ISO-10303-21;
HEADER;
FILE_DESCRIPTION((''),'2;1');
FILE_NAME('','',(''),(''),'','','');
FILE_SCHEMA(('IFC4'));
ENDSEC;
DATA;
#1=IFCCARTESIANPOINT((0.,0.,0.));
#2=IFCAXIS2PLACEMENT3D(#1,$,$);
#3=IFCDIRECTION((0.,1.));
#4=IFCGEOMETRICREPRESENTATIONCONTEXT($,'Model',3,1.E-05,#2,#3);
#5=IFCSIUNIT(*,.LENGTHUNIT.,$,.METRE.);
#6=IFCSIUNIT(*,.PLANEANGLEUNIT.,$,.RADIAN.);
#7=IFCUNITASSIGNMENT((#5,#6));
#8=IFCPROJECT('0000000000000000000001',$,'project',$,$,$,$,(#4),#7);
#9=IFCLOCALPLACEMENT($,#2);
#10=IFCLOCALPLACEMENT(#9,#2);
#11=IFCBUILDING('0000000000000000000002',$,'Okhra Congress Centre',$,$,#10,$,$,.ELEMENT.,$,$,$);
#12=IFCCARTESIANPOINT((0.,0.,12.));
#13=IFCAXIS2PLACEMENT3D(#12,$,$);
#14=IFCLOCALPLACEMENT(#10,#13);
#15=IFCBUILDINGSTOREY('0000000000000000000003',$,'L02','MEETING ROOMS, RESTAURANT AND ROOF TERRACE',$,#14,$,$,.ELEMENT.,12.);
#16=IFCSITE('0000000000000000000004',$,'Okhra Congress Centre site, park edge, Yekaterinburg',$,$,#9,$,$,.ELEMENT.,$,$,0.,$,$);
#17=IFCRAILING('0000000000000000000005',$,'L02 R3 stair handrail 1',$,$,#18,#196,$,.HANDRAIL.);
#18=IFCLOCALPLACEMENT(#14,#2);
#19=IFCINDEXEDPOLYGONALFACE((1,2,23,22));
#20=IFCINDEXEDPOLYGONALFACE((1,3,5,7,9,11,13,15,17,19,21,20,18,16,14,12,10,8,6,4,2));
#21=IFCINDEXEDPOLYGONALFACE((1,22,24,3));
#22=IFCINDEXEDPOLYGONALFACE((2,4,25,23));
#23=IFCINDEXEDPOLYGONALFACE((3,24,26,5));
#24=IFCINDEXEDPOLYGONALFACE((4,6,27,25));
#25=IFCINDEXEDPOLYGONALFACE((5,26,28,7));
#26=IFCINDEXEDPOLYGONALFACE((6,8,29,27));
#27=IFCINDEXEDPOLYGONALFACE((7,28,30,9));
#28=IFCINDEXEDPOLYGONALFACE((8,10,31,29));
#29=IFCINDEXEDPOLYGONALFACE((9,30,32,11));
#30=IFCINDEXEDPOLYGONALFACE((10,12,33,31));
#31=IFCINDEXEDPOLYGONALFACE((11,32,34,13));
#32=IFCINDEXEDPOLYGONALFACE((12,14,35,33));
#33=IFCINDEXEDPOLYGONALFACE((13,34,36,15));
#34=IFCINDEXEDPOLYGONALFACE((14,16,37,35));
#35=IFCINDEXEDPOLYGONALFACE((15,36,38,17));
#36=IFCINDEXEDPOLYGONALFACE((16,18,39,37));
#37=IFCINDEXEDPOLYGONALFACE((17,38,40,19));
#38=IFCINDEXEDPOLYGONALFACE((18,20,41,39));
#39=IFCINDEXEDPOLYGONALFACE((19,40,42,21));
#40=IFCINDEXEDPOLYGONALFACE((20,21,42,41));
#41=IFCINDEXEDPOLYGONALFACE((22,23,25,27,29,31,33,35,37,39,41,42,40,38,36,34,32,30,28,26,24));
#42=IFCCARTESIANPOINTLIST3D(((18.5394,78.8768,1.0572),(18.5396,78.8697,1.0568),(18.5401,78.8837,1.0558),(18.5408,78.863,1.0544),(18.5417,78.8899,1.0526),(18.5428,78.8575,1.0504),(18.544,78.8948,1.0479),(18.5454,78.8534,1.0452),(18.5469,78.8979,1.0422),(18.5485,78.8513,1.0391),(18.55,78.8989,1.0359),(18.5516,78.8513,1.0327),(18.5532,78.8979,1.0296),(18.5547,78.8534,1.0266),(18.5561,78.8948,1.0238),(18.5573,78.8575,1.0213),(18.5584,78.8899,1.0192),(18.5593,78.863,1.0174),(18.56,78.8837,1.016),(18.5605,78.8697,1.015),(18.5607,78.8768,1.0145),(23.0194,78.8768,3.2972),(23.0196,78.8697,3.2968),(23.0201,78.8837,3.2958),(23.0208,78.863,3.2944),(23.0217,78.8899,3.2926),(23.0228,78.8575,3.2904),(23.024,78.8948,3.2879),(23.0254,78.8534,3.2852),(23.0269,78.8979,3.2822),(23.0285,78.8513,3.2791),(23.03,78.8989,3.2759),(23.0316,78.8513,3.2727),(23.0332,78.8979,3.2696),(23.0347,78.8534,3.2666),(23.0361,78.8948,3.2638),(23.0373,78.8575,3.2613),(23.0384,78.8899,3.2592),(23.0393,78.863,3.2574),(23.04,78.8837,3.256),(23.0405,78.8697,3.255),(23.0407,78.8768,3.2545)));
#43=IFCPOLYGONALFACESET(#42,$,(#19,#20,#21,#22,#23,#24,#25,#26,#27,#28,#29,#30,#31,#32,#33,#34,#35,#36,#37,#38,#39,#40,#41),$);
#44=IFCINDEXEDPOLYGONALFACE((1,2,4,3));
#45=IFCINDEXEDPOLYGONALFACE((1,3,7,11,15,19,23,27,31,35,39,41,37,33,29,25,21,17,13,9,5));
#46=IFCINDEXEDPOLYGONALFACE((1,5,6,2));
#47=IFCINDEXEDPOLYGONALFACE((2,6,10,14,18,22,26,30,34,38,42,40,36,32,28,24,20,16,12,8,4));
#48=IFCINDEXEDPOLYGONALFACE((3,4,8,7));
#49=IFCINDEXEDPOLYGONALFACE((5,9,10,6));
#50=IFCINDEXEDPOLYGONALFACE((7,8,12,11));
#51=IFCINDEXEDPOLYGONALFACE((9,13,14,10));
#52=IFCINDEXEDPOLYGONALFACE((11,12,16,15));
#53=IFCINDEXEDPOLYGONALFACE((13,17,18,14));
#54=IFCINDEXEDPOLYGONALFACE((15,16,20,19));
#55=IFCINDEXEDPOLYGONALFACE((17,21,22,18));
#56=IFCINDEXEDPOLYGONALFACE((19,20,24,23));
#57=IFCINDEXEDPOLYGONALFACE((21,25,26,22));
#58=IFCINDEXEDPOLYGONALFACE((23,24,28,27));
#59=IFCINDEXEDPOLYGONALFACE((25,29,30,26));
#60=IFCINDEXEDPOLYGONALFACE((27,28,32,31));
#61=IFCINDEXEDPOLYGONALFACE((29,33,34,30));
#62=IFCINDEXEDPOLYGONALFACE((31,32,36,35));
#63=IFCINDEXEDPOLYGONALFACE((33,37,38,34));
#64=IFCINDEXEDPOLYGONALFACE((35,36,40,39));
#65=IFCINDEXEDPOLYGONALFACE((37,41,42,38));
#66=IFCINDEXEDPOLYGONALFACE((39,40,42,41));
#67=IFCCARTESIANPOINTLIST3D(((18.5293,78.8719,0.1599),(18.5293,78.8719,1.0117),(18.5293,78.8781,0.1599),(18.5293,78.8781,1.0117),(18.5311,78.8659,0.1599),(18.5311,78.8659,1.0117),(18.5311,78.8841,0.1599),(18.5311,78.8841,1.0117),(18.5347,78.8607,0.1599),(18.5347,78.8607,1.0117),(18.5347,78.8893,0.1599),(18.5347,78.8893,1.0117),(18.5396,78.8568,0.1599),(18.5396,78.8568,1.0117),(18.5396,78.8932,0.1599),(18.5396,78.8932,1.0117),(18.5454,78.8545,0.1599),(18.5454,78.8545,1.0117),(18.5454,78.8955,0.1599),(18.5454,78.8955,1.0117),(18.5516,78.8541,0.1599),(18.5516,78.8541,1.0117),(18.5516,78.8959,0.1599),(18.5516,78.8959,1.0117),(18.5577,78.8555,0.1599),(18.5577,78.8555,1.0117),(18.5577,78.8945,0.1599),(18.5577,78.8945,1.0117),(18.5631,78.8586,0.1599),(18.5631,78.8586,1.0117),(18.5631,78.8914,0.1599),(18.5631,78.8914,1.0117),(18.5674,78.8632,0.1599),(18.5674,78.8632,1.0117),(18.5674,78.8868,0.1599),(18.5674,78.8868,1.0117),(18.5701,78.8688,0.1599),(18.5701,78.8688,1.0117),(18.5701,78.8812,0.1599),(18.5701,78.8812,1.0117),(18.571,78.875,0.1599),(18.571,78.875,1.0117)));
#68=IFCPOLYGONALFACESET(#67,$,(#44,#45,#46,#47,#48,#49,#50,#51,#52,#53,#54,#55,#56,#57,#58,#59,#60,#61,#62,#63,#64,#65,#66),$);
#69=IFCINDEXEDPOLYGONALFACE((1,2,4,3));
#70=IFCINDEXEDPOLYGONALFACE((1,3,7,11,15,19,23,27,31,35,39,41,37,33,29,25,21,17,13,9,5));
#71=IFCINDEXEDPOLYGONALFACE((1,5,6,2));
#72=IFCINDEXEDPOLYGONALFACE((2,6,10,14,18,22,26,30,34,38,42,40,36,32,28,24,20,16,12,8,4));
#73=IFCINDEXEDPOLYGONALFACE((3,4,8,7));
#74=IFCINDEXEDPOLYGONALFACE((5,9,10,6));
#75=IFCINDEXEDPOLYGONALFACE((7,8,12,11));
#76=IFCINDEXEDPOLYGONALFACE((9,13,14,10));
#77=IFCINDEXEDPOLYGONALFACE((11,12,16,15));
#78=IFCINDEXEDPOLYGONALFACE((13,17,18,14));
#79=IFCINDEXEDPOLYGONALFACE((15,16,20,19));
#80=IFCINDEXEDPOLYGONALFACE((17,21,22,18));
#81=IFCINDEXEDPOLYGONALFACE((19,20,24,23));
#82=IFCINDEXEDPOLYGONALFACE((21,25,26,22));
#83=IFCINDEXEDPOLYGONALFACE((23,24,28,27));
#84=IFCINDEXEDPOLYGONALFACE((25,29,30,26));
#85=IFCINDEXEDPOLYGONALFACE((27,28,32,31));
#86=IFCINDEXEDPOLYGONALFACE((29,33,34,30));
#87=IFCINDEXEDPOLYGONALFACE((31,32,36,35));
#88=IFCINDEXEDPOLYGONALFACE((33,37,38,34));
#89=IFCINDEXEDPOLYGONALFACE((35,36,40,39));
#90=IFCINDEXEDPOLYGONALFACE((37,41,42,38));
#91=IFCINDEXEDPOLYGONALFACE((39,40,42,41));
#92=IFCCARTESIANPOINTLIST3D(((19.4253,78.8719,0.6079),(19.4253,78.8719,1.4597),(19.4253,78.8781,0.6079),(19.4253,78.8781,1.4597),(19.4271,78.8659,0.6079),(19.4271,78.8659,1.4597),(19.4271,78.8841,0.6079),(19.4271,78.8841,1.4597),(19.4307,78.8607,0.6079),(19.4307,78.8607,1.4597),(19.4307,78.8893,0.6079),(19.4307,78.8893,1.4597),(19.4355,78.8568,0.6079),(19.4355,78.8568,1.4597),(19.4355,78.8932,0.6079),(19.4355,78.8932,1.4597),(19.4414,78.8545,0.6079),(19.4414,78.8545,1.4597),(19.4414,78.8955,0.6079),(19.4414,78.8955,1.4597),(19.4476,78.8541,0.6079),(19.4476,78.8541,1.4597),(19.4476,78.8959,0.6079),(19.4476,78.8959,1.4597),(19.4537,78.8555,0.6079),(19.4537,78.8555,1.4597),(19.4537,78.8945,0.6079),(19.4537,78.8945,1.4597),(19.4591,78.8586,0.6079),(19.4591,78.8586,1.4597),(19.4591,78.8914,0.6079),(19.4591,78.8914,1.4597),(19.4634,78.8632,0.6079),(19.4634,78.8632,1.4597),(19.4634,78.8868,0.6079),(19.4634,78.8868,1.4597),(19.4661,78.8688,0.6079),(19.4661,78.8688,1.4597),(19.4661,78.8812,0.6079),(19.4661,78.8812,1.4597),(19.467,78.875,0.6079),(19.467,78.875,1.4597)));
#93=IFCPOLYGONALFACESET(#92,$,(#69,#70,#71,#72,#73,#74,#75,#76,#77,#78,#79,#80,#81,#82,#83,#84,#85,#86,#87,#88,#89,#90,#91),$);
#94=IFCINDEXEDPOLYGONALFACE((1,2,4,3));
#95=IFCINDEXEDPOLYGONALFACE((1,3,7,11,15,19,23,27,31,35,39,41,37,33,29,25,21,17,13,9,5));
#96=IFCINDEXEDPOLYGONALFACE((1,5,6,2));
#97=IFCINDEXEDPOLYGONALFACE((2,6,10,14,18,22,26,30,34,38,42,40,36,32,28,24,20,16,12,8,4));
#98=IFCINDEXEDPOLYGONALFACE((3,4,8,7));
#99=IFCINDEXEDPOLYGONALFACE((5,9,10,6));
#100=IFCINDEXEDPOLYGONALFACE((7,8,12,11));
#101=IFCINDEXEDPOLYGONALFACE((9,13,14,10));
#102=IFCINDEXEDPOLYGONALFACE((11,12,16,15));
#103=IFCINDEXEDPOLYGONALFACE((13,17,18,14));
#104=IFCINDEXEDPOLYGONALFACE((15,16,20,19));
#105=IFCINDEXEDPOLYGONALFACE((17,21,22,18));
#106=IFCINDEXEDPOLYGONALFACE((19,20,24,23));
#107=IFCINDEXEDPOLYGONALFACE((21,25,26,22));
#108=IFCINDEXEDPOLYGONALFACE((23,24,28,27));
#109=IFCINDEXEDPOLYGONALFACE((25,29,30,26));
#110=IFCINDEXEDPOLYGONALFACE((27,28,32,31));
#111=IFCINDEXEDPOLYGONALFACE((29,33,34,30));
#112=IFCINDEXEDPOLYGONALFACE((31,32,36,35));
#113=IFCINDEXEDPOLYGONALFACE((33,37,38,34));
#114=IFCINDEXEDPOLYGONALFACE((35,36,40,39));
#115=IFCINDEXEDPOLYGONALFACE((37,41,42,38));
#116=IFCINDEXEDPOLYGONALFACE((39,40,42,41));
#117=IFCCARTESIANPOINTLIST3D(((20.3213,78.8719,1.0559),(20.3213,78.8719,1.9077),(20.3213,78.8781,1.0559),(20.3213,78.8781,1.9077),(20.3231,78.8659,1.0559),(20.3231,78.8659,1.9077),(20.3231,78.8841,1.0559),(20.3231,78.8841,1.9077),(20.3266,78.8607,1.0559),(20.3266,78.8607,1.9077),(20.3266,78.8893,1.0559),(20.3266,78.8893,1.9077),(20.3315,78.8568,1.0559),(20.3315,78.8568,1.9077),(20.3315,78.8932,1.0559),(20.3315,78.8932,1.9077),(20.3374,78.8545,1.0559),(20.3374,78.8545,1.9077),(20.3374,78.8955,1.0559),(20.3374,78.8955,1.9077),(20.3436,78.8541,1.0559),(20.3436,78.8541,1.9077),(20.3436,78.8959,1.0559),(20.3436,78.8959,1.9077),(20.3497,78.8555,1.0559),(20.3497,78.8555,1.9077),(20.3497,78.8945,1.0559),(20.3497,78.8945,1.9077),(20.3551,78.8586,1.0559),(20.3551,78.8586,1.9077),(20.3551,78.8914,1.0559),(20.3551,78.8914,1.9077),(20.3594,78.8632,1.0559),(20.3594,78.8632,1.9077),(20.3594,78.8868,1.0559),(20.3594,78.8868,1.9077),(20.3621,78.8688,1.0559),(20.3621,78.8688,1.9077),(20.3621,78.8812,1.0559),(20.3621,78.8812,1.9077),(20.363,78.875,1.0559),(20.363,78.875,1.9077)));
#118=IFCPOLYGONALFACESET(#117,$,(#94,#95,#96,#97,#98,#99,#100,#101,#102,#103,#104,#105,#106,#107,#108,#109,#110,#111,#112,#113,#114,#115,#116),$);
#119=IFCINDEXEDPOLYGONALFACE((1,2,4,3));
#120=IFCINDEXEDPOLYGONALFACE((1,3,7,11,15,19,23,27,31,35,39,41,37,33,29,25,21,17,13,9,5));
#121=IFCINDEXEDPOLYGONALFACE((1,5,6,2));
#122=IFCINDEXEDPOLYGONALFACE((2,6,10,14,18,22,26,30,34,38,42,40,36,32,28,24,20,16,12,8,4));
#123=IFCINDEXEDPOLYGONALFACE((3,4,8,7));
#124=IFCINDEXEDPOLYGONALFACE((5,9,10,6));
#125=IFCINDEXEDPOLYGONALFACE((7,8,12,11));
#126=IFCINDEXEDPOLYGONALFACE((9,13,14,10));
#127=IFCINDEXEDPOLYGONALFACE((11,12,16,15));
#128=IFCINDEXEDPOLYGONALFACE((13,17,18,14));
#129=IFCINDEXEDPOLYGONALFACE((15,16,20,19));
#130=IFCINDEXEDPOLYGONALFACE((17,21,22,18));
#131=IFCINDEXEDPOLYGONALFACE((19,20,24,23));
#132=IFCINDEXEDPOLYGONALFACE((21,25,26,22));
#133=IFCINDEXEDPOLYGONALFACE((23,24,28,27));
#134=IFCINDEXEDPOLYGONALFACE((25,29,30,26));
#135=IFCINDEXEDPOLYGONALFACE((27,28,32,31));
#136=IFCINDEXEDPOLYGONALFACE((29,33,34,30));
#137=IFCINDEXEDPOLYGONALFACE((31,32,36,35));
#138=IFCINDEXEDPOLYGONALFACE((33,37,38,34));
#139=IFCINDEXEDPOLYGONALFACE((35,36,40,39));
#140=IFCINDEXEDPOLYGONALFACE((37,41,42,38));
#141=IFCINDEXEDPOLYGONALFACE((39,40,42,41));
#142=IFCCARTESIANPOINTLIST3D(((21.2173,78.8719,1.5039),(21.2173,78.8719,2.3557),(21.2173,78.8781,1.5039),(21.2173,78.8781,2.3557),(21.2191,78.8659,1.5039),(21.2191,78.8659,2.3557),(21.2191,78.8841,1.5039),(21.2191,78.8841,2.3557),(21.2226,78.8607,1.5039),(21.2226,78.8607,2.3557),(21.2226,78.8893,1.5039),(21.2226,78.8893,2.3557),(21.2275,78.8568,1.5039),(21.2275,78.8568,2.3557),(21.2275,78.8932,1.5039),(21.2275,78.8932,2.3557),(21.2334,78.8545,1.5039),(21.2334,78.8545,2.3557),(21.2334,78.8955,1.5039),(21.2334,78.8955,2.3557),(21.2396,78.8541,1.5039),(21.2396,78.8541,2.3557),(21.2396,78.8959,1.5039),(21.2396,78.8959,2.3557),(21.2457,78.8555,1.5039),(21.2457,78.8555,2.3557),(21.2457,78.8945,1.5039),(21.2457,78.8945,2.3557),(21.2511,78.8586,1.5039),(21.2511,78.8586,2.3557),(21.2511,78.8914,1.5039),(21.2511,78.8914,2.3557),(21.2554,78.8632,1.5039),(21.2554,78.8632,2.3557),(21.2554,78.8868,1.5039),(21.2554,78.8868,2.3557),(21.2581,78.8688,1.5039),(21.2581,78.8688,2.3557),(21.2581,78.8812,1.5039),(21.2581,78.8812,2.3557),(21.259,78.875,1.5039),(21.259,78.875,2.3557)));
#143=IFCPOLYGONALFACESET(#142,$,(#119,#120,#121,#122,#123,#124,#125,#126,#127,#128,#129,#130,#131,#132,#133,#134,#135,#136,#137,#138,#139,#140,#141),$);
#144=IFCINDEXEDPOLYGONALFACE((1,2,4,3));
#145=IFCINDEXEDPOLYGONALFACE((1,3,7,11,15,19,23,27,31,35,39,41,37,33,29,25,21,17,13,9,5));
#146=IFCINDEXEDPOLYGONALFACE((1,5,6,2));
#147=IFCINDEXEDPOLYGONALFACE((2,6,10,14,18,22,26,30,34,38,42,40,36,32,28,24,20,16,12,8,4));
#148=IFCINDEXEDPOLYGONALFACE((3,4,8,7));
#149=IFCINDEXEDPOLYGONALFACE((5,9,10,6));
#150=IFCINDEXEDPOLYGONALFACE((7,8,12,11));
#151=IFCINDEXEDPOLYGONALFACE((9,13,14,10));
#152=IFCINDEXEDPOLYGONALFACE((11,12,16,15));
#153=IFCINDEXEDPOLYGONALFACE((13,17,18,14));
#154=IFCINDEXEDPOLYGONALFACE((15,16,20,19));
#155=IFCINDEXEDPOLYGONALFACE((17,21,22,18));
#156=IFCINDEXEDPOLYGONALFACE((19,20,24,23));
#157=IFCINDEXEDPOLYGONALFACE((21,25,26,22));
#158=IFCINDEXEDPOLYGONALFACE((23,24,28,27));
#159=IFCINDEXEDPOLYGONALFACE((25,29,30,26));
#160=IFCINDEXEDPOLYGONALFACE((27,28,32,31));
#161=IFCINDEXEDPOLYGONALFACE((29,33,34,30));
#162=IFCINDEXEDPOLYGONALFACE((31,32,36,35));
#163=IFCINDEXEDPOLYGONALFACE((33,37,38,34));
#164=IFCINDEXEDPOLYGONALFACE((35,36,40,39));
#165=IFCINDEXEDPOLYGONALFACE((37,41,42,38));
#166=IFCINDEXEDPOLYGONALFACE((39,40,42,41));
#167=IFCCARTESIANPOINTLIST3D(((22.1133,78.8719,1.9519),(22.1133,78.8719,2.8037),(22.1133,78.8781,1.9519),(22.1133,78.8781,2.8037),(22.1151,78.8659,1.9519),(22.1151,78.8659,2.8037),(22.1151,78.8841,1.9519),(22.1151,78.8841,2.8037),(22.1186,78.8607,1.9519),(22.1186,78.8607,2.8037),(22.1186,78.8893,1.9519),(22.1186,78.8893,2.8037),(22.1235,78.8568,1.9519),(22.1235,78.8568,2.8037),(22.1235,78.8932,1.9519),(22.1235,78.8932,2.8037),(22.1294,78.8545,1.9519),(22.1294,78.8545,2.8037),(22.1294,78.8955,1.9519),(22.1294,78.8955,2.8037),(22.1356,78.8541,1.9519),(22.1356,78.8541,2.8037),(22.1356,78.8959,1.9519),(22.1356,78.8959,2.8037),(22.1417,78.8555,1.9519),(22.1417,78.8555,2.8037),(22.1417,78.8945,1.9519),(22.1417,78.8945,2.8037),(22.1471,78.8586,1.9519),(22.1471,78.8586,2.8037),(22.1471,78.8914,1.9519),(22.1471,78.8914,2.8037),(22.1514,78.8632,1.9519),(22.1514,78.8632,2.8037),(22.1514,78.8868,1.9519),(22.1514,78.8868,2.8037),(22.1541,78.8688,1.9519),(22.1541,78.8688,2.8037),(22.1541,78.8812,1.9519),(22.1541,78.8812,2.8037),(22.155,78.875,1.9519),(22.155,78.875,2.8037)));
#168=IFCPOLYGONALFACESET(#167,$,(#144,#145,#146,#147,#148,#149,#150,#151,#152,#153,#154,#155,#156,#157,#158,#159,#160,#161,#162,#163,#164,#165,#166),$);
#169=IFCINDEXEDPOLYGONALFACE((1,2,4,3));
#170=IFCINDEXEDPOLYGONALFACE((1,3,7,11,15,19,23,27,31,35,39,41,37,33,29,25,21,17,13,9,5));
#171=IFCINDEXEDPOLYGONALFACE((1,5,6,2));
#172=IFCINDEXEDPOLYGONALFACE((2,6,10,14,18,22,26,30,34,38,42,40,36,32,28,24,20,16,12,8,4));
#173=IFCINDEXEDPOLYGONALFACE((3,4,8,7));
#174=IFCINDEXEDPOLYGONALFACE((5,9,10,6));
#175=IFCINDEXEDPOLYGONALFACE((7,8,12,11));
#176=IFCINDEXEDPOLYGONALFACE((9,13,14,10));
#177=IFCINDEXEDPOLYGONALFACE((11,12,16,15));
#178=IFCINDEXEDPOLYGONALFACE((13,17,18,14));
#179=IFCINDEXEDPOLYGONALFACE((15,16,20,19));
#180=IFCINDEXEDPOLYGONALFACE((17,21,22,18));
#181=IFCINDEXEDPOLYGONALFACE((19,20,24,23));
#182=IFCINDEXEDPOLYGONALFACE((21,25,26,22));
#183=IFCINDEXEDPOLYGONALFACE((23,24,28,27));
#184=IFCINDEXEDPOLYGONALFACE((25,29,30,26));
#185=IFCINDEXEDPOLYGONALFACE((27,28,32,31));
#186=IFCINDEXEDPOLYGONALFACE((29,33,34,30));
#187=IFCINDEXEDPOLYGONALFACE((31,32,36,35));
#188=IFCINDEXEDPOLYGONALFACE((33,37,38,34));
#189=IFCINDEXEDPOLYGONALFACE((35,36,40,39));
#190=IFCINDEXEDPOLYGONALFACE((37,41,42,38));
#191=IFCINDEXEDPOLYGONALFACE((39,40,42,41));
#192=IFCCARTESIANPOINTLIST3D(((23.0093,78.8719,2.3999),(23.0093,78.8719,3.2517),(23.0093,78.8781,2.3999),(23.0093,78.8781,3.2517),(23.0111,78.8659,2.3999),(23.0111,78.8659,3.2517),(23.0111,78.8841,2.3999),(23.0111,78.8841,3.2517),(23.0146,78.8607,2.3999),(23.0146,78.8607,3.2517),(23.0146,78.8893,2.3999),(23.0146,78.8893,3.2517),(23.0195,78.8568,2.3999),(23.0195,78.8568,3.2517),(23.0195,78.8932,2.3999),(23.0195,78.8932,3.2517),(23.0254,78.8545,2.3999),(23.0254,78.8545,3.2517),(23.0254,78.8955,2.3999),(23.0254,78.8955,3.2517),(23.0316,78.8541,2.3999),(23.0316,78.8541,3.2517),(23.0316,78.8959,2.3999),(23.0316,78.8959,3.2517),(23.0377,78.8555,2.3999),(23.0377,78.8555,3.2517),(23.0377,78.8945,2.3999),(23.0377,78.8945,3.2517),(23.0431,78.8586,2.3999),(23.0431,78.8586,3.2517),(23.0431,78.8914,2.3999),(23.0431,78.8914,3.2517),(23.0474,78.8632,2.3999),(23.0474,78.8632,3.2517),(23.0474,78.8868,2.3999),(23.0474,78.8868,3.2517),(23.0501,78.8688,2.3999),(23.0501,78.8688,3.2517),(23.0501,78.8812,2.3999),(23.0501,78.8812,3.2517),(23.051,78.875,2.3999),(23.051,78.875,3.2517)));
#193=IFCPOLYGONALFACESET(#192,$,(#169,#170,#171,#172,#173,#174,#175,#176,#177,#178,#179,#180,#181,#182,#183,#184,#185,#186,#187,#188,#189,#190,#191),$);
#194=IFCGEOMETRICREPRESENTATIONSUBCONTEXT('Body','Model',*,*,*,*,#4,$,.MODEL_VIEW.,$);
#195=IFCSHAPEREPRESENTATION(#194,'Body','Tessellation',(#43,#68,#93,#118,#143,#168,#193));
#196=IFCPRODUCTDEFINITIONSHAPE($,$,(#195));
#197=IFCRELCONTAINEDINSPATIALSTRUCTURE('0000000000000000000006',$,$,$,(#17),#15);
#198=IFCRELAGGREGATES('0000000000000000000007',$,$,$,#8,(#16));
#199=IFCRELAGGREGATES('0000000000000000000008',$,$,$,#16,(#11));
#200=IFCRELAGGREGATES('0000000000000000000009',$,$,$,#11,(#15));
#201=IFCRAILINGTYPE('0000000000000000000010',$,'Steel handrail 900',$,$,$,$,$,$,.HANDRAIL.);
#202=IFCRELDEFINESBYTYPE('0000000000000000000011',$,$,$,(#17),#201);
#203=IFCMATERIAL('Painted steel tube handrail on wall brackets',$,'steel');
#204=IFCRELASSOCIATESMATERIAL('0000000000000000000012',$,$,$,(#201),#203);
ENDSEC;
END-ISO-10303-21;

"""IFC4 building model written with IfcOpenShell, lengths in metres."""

from ifc_helpers import new_model, si_unit, direction, frame, origin, origin_2d, place, context, subcontext, project, spatial, circle, extrude, material, type_object, element, save


model = new_model("IFC4")

# Units and contexts
model_context = context("Model", 3, precision=1e-05, world=origin(), true_north=direction((0.0, 1.0)))
body_context = subcontext(model_context, "Body", "Model", "MODEL_VIEW")
ifc_project = project(units=[si_unit("LENGTHUNIT", "METRE"), si_unit("PLANEANGLEUNIT", "RADIAN")], contexts=[model_context])

# Site, building, storey
site_placement = place(None, origin())
site = spatial("IfcSite", under=ifc_project, at=site_placement, Name="Okhra Congress Centre site, park edge, Yekaterinburg", CompositionType="ELEMENT", RefElevation=0.0)
building_placement = place(site_placement, origin())
building = spatial("IfcBuilding", under=site, at=building_placement, Name="Okhra Congress Centre", CompositionType="ELEMENT")
storey_placement = place(building_placement, frame((0.0, 0.0, 12.0)))
storey = spatial("IfcBuildingStorey", under=building, at=storey_placement, Name="L02", Description="MEETING ROOMS, RESTAURANT AND ROOF TERRACE", CompositionType="ELEMENT", Elevation=12.0)

# Railing
ifc_material_1 = material(Name="Painted steel tube handrail on wall brackets", Category="steel")
railing_type_1 = type_object("IfcRailingType", Name="Steel handrail 900", PredefinedType="HANDRAIL", material=ifc_material_1)
railing_1_placement = place(storey_placement, frame((18.55, 78.875, 0.1599)))
element("IfcRailing", 1, at=railing_1_placement, inside=storey, type_object=railing_type_1, Name="L02 R3 stair handrail 1", PredefinedType="HANDRAIL", context=body_context, shape_type="SweptSolid", body=[
    extrude(circle(Radius=0.0239, at=origin_2d()), frame((0.0, 0.0, 0.876), z_axis=(0.894427, 0.0, 0.447214), x_axis=(0.0, 1.0, 0.0)), (0.0, 0.0, 1.0), 5.0088),
    extrude(circle(Radius=0.021, at=origin_2d()), origin(), (0.0, 0.0, 1.0), 0.8518),
    extrude(circle(Radius=0.021, at=origin_2d()), frame((0.896, 0.0, 0.448)), (0.0, 0.0, 1.0), 0.8518),
    extrude(circle(Radius=0.021, at=origin_2d()), frame((1.792, 0.0, 0.896)), (0.0, 0.0, 1.0), 0.8518),
    extrude(circle(Radius=0.021, at=origin_2d()), frame((2.688, 0.0, 1.344)), (0.0, 0.0, 1.0), 0.8518),
    extrude(circle(Radius=0.021, at=origin_2d()), frame((3.584, 0.0, 1.792)), (0.0, 0.0, 1.0), 0.8518),
    extrude(circle(Radius=0.021, at=origin_2d()), frame((4.48, 0.0, 2.24)), (0.0, 0.0, 1.0), 0.8518),
])

save(model, "model.ifc")
